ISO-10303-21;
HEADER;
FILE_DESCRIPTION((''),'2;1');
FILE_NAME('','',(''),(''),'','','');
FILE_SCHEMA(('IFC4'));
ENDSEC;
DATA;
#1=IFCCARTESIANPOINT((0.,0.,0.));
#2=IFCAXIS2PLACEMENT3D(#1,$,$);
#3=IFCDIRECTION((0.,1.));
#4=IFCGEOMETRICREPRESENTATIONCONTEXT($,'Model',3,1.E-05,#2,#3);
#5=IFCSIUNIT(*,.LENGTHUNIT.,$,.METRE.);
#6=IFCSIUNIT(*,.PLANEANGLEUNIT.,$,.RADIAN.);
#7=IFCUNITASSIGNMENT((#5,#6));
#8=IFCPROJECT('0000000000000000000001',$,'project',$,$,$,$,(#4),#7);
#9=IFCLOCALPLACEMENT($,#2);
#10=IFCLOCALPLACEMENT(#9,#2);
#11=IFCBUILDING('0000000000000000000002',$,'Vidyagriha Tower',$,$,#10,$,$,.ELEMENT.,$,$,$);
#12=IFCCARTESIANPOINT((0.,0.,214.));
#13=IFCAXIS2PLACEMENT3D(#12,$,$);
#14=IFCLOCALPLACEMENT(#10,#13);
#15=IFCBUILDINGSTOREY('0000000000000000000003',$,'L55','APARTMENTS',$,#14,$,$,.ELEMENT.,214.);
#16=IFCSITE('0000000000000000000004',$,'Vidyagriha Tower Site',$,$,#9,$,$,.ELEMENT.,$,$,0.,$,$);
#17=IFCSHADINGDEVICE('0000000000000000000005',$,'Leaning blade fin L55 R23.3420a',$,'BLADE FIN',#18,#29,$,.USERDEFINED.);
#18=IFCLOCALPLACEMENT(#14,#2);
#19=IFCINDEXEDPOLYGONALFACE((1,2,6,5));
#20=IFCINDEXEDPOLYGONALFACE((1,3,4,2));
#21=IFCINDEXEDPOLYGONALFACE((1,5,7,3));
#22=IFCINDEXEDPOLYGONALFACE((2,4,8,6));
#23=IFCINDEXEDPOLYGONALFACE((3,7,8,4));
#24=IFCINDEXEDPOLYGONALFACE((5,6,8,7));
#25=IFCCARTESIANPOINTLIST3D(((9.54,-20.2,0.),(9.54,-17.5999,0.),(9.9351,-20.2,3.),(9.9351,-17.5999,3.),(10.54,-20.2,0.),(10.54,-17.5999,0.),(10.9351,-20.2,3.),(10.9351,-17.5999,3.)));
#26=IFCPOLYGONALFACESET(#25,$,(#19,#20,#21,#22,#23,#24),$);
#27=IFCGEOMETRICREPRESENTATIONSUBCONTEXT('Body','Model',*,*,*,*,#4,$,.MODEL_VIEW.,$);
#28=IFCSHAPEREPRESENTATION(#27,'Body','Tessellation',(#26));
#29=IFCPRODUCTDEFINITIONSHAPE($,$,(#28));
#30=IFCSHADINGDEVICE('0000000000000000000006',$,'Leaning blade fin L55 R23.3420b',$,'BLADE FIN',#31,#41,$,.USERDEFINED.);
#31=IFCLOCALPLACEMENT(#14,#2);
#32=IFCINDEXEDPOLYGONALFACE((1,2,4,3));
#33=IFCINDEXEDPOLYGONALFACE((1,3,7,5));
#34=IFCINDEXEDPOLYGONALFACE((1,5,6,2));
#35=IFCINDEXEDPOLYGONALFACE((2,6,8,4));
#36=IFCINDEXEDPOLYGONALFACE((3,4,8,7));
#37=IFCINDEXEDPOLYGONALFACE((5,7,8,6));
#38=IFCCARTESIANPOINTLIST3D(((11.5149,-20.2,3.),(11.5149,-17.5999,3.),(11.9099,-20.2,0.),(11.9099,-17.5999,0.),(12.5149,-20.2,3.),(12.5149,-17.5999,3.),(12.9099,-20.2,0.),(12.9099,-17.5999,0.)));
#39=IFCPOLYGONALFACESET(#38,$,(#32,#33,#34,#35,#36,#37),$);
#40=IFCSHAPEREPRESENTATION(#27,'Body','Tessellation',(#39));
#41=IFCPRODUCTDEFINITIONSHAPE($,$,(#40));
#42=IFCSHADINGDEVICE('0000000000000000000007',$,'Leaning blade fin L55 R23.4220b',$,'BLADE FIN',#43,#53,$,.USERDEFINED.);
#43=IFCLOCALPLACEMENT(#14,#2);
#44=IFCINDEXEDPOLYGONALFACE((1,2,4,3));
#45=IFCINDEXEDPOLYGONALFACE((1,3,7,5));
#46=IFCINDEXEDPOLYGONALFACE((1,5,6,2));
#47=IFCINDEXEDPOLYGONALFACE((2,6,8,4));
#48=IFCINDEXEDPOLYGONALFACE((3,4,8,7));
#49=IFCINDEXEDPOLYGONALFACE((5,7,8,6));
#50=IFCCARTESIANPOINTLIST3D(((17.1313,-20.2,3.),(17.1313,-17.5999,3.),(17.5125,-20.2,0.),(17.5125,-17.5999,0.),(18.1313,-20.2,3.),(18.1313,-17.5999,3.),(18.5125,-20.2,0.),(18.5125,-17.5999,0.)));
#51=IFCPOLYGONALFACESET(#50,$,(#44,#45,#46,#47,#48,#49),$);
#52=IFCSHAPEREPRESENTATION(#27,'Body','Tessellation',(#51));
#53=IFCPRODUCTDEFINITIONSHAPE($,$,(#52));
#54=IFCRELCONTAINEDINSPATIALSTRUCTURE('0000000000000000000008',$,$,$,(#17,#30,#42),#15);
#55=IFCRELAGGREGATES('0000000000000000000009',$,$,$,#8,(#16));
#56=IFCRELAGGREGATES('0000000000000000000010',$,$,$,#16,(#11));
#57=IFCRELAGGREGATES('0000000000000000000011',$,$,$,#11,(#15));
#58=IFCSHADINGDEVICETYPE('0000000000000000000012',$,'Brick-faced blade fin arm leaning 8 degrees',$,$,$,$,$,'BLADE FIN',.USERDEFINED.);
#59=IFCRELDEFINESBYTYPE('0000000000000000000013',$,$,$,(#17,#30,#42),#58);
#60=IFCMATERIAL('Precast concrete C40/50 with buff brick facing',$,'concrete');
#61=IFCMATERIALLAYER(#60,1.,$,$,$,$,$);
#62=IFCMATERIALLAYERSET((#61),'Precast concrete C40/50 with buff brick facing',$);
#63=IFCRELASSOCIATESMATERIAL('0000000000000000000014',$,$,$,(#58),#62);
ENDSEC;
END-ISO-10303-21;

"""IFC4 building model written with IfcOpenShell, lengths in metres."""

from ifc_helpers import new_model, si_unit, direction, frame, origin, place, context, subcontext, project, spatial, polyline, outline, extrude, material, layer, layer_set, type_object, element, save


model = new_model("IFC4")

# Units and contexts
model_context = context("Model", 3, precision=1e-05, world=origin(), true_north=direction((0.0, 1.0)))
body_context = subcontext(model_context, "Body", "Model", "MODEL_VIEW")
ifc_project = project(units=[si_unit("LENGTHUNIT", "METRE"), si_unit("PLANEANGLEUNIT", "RADIAN")], contexts=[model_context])

# Site, building, storey
site_placement = place(None, origin())
site = spatial("IfcSite", under=ifc_project, at=site_placement, Name="Vidyagriha Tower Site", CompositionType="ELEMENT", RefElevation=0.0)
building_placement = place(site_placement, origin())
building = spatial("IfcBuilding", under=site, at=building_placement, Name="Vidyagriha Tower", CompositionType="ELEMENT")
storey_placement = place(building_placement, frame((0.0, 0.0, 214.0)))
storey = spatial("IfcBuildingStorey", under=building, at=storey_placement, Name="L55", Description="APARTMENTS", CompositionType="ELEMENT", Elevation=214.0)

# Shading devices
ifc_material_1 = material(Name="Precast concrete C40/50 with buff brick facing", Category="concrete")
ifc_layer_1 = layer(ifc_material_1, 1.0)
ifc_layer_set_1 = layer_set([ifc_layer_1], Name="Precast concrete C40/50 with buff brick facing")
shading_device_type = type_object("IfcShadingDeviceType", Name="Brick-faced blade fin arm leaning 8 degrees", ElementType="BLADE FIN", PredefinedType="USERDEFINED", material=ifc_layer_set_1)
shading_device_1_placement = place(storey_placement, frame((9.54, -18.8999, 0.0)))
element("IfcShadingDevice", 1, at=shading_device_1_placement, inside=storey, type_object=shading_device_type, Name="Leaning blade fin L55 R23.3420a", ObjectType="BLADE FIN", PredefinedType="USERDEFINED", context=body_context, shape_type="SweptSolid", body=[
    extrude(outline(polyline([(0.0, 0.0), (1.0, 0.0), (1.395, 3.0), (0.395, 3.0), (0.0, 0.0)])), frame((0.0, 1.3, 0.0), z_axis=(0.0, -1.0, 0.0), x_axis=(1.0, 0.0, 0.0)), (0.0, 0.0, 1.0), 2.6001),
])
shading_device_2_placement = place(storey_placement, frame((11.5149, -18.8999, 0.0)))
element("IfcShadingDevice", 2, at=shading_device_2_placement, inside=storey, type_object=shading_device_type, Name="Leaning blade fin L55 R23.3420b", ObjectType="BLADE FIN", PredefinedType="USERDEFINED", context=body_context, shape_type="SweptSolid", body=[
    extrude(outline(polyline([(0.395, 0.0), (1.395, 0.0), (1.0, 3.0), (0.0, 3.0), (0.395, 0.0)])), frame((0.0, 1.3, 0.0), z_axis=(0.0, -1.0, 0.0), x_axis=(1.0, 0.0, 0.0)), (0.0, 0.0, 1.0), 2.6001),
])
shading_device_3_placement = place(storey_placement, frame((17.1313, -18.8999, 0.0)))
element("IfcShadingDevice", 3, at=shading_device_3_placement, inside=storey, type_object=shading_device_type, Name="Leaning blade fin L55 R23.4220b", ObjectType="BLADE FIN", PredefinedType="USERDEFINED", context=body_context, shape_type="SweptSolid", body=[
    extrude(outline(polyline([(0.3811, 0.0), (1.3811, 0.0), (1.0, 3.0), (0.0, 3.0), (0.3811, 0.0)])), frame((0.0, 1.3, 0.0), z_axis=(0.0, -1.0, 0.0), x_axis=(1.0, 0.0, 0.0)), (0.0, 0.0, 1.0), 2.6001),
])

save(model, "model.ifc")
